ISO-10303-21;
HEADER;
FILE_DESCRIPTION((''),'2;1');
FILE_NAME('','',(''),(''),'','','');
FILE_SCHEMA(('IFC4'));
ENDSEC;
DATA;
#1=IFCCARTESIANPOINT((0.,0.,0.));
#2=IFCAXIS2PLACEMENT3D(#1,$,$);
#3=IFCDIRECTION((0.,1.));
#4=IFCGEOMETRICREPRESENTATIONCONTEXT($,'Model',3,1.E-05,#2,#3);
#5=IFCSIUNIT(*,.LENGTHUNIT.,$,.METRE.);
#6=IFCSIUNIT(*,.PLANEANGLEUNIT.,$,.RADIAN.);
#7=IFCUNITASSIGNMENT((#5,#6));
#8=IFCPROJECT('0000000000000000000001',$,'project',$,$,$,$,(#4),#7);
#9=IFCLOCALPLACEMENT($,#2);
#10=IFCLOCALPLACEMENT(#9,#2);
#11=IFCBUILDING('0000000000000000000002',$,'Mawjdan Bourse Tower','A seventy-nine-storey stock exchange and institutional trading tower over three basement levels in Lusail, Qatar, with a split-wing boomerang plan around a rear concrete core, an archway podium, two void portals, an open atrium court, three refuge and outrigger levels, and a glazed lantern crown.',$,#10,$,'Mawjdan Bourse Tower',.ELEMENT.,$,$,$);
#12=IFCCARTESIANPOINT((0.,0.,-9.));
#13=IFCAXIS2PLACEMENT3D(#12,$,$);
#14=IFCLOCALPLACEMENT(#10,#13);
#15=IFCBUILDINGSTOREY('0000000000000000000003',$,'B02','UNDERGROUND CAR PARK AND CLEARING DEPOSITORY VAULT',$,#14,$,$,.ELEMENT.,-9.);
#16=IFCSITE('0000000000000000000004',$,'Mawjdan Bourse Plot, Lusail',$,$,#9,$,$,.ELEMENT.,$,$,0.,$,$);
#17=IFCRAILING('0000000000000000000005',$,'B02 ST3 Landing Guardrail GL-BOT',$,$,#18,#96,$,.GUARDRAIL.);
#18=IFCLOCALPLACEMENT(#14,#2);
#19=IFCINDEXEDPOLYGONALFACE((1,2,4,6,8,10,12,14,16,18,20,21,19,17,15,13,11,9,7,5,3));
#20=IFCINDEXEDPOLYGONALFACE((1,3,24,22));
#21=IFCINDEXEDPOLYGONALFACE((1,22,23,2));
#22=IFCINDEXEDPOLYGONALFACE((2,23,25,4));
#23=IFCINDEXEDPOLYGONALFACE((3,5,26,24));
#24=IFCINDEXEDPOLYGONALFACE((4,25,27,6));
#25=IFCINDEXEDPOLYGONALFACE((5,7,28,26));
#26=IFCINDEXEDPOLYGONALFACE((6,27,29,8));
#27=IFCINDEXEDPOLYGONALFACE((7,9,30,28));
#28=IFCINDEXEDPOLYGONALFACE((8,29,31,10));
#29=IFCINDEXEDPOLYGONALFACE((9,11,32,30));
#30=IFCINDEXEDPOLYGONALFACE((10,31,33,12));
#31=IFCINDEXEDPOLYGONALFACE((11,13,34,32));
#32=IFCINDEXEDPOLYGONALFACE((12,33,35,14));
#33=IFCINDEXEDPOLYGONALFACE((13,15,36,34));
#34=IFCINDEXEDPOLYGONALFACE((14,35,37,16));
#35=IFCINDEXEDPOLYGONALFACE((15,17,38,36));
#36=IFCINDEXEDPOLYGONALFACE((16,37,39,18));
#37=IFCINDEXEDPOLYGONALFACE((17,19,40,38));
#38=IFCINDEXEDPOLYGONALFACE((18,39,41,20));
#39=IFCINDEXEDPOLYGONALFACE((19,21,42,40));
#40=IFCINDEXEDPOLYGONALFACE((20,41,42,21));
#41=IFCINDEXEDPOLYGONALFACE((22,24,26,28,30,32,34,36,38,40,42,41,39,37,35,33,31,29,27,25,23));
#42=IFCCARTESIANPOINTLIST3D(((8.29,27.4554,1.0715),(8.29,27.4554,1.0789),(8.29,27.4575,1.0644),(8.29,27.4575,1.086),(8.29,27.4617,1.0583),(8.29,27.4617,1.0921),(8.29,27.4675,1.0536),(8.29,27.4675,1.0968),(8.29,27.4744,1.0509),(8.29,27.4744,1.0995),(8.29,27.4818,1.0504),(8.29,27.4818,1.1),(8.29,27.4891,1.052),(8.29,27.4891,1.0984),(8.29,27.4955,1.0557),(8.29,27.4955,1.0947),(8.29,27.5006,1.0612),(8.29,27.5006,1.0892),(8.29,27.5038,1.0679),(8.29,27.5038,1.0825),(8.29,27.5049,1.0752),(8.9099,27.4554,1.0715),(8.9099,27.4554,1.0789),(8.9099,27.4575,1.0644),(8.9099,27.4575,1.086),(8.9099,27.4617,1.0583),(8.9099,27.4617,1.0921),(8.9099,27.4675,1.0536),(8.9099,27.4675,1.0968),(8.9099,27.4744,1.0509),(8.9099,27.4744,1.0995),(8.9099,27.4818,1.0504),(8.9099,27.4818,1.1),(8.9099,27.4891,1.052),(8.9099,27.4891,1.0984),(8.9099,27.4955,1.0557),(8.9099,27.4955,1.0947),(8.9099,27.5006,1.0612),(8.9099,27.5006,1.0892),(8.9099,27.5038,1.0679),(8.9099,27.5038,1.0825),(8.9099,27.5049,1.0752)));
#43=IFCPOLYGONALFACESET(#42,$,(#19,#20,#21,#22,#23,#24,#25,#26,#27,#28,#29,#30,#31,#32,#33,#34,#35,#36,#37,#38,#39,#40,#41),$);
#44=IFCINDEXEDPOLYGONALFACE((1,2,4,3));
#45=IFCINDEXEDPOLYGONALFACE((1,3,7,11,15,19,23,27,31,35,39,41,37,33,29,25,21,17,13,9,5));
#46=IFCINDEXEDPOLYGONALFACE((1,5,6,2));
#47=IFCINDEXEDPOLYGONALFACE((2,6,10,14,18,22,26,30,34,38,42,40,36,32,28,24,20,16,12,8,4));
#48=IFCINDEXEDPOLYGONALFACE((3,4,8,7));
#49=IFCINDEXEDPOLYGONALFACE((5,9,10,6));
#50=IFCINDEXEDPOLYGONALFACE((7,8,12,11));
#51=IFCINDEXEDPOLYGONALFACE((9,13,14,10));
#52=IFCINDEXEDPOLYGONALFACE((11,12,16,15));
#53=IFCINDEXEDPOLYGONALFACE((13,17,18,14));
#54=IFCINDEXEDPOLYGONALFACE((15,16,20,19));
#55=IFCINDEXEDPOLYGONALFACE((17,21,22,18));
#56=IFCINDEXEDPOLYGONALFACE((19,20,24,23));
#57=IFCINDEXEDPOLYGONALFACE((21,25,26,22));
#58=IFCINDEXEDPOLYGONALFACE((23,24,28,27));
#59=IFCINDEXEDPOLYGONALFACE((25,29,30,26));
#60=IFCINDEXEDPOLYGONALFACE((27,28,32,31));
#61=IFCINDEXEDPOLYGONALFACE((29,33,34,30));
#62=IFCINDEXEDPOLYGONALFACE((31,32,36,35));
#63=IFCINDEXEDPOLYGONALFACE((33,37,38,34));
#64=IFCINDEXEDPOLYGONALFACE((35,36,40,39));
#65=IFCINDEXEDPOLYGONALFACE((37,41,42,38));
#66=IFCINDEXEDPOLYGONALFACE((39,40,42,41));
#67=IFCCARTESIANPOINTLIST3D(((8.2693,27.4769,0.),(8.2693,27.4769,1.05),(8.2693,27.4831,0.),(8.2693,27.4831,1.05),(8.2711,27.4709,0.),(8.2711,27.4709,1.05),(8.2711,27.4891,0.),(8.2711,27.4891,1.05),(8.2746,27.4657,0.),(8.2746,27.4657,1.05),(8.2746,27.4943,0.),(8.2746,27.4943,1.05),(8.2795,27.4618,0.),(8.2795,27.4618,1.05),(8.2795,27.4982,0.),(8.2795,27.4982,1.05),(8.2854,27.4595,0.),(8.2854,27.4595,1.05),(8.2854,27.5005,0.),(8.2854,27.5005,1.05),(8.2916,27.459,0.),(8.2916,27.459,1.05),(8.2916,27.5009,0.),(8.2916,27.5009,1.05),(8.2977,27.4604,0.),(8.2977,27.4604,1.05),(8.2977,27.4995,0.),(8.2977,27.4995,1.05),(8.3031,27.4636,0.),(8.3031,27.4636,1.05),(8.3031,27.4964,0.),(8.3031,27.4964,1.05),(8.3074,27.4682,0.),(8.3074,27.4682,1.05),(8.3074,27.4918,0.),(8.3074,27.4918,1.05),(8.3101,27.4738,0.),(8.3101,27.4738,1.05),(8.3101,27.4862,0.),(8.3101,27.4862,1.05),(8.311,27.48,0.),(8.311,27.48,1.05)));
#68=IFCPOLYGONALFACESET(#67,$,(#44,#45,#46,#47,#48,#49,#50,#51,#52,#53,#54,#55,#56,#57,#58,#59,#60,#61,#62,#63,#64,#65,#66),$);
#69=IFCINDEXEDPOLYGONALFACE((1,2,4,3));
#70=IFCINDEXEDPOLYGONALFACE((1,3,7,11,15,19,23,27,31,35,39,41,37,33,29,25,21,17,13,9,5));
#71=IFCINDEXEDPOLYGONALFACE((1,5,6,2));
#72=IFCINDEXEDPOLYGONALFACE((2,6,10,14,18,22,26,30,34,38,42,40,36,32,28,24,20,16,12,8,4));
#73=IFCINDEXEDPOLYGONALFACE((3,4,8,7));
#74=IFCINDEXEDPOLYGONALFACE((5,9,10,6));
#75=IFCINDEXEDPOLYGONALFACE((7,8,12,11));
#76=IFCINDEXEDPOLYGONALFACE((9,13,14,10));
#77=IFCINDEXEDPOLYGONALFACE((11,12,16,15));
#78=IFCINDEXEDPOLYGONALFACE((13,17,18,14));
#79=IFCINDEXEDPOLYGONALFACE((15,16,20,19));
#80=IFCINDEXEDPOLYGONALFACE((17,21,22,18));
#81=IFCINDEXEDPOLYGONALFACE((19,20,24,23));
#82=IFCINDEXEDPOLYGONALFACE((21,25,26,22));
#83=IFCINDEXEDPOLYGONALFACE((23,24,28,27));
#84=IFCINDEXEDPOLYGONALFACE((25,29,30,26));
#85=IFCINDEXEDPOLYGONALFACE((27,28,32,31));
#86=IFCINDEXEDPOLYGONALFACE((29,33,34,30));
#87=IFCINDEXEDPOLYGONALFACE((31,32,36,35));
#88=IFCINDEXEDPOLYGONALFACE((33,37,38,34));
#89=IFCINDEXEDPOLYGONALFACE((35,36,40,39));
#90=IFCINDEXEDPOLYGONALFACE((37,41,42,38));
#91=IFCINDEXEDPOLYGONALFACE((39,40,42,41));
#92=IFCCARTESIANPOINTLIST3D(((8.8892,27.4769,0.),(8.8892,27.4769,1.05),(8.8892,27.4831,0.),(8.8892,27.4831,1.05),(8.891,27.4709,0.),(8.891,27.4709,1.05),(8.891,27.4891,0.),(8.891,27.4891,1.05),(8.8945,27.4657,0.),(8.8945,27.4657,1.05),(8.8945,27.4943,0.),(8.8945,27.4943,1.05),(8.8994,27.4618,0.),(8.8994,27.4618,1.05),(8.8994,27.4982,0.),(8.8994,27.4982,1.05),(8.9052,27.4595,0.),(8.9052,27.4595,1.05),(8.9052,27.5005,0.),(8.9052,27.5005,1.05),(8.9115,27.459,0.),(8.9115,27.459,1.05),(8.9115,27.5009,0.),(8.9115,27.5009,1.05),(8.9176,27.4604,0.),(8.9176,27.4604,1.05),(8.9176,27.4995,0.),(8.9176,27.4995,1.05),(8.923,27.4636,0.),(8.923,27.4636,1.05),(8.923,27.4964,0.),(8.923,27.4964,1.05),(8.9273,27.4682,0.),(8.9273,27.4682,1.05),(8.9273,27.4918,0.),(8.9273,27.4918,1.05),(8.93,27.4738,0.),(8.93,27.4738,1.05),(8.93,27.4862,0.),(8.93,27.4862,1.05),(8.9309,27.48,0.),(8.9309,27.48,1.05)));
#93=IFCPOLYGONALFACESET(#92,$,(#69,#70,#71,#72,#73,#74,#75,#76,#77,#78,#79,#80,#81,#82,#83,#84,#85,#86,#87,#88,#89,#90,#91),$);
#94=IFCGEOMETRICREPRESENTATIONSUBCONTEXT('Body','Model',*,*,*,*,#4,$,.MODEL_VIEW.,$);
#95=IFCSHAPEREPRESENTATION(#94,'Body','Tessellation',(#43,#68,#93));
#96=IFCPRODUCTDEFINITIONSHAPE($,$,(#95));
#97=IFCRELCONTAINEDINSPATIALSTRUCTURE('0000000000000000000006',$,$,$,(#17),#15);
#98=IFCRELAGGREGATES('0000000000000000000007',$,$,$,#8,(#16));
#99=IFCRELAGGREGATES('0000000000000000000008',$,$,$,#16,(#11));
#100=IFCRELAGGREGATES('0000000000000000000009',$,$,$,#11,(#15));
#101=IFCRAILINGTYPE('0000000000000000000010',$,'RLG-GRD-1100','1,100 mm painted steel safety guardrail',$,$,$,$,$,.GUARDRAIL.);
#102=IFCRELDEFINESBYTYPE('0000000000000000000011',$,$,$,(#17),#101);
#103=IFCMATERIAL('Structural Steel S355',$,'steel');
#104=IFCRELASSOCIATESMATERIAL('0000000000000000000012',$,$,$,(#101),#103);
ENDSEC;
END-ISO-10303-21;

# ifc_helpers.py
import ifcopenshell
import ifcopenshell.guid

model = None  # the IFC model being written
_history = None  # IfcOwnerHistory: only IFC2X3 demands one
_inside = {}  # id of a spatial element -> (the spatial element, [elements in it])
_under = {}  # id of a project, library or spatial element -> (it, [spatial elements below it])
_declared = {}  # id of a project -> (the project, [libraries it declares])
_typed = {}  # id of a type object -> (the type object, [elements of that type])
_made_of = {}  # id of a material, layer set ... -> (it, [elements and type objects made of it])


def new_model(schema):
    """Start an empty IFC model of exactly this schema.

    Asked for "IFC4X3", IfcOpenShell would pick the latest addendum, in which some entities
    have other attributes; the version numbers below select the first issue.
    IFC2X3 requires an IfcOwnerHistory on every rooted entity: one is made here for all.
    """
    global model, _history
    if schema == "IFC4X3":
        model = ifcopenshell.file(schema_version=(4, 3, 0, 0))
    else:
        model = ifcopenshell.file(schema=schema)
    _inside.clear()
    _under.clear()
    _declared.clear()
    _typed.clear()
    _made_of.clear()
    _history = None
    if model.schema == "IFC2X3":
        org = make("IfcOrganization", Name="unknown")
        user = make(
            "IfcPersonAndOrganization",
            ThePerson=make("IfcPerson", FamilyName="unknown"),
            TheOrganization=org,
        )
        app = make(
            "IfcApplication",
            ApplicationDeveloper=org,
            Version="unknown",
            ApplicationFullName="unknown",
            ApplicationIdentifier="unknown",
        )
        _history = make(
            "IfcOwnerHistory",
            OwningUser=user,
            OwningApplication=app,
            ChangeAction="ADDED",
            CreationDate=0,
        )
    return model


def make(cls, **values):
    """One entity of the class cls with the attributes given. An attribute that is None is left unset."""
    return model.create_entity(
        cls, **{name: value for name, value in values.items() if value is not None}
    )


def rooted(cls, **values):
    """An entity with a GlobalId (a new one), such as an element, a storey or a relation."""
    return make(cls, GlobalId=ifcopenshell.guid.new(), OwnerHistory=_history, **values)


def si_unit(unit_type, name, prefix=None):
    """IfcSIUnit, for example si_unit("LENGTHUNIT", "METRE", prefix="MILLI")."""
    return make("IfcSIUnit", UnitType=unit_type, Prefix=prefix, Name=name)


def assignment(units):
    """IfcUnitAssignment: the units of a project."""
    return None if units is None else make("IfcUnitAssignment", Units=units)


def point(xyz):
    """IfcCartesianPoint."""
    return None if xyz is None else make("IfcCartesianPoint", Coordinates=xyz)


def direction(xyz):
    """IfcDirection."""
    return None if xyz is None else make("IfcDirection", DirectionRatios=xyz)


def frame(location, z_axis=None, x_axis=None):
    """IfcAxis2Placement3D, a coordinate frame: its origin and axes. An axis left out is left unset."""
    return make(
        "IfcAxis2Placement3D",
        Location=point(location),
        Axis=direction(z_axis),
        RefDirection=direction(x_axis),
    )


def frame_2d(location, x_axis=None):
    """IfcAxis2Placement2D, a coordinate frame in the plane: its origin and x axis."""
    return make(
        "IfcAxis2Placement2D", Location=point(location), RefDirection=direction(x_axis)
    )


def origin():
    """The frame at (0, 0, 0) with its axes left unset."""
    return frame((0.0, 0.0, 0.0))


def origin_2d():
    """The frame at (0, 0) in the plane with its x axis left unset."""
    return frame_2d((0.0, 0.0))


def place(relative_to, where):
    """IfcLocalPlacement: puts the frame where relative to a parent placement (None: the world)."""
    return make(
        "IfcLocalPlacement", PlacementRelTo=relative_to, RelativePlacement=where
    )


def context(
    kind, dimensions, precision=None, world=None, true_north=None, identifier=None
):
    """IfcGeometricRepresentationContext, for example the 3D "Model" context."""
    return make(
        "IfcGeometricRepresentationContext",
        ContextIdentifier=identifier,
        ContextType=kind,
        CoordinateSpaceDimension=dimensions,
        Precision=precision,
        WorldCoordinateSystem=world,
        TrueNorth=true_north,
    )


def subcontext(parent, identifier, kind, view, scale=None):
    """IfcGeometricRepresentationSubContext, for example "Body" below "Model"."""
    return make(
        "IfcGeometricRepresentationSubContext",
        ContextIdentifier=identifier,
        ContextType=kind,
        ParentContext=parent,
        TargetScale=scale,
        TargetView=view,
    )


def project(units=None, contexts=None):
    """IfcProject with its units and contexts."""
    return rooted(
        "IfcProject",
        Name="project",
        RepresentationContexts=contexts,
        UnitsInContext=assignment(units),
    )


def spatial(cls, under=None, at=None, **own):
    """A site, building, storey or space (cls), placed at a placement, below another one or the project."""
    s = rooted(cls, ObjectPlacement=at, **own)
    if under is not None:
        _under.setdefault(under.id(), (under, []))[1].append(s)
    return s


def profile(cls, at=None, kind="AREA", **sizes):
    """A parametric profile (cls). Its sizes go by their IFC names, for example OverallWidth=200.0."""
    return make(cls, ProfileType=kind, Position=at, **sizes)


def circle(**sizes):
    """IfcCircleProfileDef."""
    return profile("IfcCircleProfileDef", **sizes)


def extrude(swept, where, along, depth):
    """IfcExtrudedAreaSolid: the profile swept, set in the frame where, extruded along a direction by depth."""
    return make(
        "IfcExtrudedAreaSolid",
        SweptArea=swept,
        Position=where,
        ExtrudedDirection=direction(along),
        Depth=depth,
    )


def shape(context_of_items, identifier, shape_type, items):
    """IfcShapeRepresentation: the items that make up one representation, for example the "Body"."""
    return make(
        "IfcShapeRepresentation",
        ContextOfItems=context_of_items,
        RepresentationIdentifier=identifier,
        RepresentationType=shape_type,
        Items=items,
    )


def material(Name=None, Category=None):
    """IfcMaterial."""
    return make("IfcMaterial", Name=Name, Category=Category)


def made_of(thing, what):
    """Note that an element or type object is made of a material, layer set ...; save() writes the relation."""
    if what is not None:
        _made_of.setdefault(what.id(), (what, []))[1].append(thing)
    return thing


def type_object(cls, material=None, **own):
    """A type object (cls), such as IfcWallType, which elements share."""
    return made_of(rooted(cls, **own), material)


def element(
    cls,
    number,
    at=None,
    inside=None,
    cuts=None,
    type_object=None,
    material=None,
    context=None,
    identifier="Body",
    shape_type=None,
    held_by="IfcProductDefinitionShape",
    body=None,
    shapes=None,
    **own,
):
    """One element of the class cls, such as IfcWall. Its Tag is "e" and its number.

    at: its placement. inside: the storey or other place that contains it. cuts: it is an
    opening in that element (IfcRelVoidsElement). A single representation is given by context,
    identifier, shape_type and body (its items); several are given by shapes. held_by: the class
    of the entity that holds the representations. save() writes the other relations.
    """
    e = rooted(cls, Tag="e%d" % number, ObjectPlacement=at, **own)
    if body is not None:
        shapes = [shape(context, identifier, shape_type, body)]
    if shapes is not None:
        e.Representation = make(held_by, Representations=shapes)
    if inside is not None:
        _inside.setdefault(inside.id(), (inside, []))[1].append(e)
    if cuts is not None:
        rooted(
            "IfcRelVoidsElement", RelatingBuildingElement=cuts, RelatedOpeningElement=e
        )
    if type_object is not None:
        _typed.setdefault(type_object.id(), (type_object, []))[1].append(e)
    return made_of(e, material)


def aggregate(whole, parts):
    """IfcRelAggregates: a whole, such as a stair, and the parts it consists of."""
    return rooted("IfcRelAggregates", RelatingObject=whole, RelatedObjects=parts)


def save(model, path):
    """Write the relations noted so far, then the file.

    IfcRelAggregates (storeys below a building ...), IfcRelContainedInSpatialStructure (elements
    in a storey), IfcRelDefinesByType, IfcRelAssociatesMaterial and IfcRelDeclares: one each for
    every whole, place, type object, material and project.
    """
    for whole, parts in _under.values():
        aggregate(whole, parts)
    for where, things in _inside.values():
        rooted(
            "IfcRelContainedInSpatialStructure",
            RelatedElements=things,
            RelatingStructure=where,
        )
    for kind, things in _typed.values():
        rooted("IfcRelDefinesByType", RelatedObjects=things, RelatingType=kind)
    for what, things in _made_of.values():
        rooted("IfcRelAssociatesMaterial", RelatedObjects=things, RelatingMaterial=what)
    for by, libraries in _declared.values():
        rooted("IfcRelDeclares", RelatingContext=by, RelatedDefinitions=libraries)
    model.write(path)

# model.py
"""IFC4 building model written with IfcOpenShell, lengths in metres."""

from ifc_helpers import new_model, si_unit, direction, frame, origin, origin_2d, place, context, subcontext, project, spatial, circle, extrude, material, type_object, element, save


model = new_model("IFC4")

# Units and contexts
model_context = context("Model", 3, precision=1e-05, world=origin(), true_north=direction((0.0, 1.0)))
body_context = subcontext(model_context, "Body", "Model", "MODEL_VIEW")
ifc_project = project(units=[si_unit("LENGTHUNIT", "METRE"), si_unit("PLANEANGLEUNIT", "RADIAN")], contexts=[model_context])

# Site, building, storey
site_placement = place(None, origin())
site = spatial("IfcSite", under=ifc_project, at=site_placement, Name="Mawjdan Bourse Plot, Lusail", CompositionType="ELEMENT", RefElevation=0.0)
building_placement = place(site_placement, origin())
building = spatial("IfcBuilding", under=site, at=building_placement, Name="Mawjdan Bourse Tower", Description="A seventy-nine-storey stock exchange and institutional trading tower over three basement levels in Lusail, Qatar, with a split-wing boomerang plan around a rear concrete core, an archway podium, two void portals, an open atrium court, three refuge and outrigger levels, and a glazed lantern crown.", LongName="Mawjdan Bourse Tower", CompositionType="ELEMENT")
storey_placement = place(building_placement, frame((0.0, 0.0, -9.0)))
storey = spatial("IfcBuildingStorey", under=building, at=storey_placement, Name="B02", Description="UNDERGROUND CAR PARK AND CLEARING DEPOSITORY VAULT", CompositionType="ELEMENT", Elevation=-9.0)

# Railing
ifc_material_1 = material(Name="Structural Steel S355", Category="steel")
railing_type_1 = type_object("IfcRailingType", Name="RLG-GRD-1100", Description="1,100 mm painted steel safety guardrail", PredefinedType="GUARDRAIL", material=ifc_material_1)
for number, where, name in (
    (1, (8.29, 27.48, 0.0), "B02 ST3 Landing Guardrail GL-BOT"),
):
    element("IfcRailing", number, at=place(storey_placement, frame(where)), inside=storey, type_object=railing_type_1, Name=name, PredefinedType="GUARDRAIL", context=body_context, shape_type="SweptSolid", body=[
        extrude(circle(Radius=0.0249, at=origin_2d()), frame((0.0, 0.0, 1.0752), z_axis=(1.0, 0.0, 0.0), x_axis=(0.0, 1.0, 0.0)), (0.0, 0.0, 1.0), 0.6199),
        extrude(circle(Radius=0.021, at=origin_2d()), origin(), (0.0, 0.0, 1.0), 1.05),
        extrude(circle(Radius=0.021, at=origin_2d()), frame((0.6199, 0.0, 0.0)), (0.0, 0.0, 1.0), 1.05),
    ])

save(model, "model.ifc")
